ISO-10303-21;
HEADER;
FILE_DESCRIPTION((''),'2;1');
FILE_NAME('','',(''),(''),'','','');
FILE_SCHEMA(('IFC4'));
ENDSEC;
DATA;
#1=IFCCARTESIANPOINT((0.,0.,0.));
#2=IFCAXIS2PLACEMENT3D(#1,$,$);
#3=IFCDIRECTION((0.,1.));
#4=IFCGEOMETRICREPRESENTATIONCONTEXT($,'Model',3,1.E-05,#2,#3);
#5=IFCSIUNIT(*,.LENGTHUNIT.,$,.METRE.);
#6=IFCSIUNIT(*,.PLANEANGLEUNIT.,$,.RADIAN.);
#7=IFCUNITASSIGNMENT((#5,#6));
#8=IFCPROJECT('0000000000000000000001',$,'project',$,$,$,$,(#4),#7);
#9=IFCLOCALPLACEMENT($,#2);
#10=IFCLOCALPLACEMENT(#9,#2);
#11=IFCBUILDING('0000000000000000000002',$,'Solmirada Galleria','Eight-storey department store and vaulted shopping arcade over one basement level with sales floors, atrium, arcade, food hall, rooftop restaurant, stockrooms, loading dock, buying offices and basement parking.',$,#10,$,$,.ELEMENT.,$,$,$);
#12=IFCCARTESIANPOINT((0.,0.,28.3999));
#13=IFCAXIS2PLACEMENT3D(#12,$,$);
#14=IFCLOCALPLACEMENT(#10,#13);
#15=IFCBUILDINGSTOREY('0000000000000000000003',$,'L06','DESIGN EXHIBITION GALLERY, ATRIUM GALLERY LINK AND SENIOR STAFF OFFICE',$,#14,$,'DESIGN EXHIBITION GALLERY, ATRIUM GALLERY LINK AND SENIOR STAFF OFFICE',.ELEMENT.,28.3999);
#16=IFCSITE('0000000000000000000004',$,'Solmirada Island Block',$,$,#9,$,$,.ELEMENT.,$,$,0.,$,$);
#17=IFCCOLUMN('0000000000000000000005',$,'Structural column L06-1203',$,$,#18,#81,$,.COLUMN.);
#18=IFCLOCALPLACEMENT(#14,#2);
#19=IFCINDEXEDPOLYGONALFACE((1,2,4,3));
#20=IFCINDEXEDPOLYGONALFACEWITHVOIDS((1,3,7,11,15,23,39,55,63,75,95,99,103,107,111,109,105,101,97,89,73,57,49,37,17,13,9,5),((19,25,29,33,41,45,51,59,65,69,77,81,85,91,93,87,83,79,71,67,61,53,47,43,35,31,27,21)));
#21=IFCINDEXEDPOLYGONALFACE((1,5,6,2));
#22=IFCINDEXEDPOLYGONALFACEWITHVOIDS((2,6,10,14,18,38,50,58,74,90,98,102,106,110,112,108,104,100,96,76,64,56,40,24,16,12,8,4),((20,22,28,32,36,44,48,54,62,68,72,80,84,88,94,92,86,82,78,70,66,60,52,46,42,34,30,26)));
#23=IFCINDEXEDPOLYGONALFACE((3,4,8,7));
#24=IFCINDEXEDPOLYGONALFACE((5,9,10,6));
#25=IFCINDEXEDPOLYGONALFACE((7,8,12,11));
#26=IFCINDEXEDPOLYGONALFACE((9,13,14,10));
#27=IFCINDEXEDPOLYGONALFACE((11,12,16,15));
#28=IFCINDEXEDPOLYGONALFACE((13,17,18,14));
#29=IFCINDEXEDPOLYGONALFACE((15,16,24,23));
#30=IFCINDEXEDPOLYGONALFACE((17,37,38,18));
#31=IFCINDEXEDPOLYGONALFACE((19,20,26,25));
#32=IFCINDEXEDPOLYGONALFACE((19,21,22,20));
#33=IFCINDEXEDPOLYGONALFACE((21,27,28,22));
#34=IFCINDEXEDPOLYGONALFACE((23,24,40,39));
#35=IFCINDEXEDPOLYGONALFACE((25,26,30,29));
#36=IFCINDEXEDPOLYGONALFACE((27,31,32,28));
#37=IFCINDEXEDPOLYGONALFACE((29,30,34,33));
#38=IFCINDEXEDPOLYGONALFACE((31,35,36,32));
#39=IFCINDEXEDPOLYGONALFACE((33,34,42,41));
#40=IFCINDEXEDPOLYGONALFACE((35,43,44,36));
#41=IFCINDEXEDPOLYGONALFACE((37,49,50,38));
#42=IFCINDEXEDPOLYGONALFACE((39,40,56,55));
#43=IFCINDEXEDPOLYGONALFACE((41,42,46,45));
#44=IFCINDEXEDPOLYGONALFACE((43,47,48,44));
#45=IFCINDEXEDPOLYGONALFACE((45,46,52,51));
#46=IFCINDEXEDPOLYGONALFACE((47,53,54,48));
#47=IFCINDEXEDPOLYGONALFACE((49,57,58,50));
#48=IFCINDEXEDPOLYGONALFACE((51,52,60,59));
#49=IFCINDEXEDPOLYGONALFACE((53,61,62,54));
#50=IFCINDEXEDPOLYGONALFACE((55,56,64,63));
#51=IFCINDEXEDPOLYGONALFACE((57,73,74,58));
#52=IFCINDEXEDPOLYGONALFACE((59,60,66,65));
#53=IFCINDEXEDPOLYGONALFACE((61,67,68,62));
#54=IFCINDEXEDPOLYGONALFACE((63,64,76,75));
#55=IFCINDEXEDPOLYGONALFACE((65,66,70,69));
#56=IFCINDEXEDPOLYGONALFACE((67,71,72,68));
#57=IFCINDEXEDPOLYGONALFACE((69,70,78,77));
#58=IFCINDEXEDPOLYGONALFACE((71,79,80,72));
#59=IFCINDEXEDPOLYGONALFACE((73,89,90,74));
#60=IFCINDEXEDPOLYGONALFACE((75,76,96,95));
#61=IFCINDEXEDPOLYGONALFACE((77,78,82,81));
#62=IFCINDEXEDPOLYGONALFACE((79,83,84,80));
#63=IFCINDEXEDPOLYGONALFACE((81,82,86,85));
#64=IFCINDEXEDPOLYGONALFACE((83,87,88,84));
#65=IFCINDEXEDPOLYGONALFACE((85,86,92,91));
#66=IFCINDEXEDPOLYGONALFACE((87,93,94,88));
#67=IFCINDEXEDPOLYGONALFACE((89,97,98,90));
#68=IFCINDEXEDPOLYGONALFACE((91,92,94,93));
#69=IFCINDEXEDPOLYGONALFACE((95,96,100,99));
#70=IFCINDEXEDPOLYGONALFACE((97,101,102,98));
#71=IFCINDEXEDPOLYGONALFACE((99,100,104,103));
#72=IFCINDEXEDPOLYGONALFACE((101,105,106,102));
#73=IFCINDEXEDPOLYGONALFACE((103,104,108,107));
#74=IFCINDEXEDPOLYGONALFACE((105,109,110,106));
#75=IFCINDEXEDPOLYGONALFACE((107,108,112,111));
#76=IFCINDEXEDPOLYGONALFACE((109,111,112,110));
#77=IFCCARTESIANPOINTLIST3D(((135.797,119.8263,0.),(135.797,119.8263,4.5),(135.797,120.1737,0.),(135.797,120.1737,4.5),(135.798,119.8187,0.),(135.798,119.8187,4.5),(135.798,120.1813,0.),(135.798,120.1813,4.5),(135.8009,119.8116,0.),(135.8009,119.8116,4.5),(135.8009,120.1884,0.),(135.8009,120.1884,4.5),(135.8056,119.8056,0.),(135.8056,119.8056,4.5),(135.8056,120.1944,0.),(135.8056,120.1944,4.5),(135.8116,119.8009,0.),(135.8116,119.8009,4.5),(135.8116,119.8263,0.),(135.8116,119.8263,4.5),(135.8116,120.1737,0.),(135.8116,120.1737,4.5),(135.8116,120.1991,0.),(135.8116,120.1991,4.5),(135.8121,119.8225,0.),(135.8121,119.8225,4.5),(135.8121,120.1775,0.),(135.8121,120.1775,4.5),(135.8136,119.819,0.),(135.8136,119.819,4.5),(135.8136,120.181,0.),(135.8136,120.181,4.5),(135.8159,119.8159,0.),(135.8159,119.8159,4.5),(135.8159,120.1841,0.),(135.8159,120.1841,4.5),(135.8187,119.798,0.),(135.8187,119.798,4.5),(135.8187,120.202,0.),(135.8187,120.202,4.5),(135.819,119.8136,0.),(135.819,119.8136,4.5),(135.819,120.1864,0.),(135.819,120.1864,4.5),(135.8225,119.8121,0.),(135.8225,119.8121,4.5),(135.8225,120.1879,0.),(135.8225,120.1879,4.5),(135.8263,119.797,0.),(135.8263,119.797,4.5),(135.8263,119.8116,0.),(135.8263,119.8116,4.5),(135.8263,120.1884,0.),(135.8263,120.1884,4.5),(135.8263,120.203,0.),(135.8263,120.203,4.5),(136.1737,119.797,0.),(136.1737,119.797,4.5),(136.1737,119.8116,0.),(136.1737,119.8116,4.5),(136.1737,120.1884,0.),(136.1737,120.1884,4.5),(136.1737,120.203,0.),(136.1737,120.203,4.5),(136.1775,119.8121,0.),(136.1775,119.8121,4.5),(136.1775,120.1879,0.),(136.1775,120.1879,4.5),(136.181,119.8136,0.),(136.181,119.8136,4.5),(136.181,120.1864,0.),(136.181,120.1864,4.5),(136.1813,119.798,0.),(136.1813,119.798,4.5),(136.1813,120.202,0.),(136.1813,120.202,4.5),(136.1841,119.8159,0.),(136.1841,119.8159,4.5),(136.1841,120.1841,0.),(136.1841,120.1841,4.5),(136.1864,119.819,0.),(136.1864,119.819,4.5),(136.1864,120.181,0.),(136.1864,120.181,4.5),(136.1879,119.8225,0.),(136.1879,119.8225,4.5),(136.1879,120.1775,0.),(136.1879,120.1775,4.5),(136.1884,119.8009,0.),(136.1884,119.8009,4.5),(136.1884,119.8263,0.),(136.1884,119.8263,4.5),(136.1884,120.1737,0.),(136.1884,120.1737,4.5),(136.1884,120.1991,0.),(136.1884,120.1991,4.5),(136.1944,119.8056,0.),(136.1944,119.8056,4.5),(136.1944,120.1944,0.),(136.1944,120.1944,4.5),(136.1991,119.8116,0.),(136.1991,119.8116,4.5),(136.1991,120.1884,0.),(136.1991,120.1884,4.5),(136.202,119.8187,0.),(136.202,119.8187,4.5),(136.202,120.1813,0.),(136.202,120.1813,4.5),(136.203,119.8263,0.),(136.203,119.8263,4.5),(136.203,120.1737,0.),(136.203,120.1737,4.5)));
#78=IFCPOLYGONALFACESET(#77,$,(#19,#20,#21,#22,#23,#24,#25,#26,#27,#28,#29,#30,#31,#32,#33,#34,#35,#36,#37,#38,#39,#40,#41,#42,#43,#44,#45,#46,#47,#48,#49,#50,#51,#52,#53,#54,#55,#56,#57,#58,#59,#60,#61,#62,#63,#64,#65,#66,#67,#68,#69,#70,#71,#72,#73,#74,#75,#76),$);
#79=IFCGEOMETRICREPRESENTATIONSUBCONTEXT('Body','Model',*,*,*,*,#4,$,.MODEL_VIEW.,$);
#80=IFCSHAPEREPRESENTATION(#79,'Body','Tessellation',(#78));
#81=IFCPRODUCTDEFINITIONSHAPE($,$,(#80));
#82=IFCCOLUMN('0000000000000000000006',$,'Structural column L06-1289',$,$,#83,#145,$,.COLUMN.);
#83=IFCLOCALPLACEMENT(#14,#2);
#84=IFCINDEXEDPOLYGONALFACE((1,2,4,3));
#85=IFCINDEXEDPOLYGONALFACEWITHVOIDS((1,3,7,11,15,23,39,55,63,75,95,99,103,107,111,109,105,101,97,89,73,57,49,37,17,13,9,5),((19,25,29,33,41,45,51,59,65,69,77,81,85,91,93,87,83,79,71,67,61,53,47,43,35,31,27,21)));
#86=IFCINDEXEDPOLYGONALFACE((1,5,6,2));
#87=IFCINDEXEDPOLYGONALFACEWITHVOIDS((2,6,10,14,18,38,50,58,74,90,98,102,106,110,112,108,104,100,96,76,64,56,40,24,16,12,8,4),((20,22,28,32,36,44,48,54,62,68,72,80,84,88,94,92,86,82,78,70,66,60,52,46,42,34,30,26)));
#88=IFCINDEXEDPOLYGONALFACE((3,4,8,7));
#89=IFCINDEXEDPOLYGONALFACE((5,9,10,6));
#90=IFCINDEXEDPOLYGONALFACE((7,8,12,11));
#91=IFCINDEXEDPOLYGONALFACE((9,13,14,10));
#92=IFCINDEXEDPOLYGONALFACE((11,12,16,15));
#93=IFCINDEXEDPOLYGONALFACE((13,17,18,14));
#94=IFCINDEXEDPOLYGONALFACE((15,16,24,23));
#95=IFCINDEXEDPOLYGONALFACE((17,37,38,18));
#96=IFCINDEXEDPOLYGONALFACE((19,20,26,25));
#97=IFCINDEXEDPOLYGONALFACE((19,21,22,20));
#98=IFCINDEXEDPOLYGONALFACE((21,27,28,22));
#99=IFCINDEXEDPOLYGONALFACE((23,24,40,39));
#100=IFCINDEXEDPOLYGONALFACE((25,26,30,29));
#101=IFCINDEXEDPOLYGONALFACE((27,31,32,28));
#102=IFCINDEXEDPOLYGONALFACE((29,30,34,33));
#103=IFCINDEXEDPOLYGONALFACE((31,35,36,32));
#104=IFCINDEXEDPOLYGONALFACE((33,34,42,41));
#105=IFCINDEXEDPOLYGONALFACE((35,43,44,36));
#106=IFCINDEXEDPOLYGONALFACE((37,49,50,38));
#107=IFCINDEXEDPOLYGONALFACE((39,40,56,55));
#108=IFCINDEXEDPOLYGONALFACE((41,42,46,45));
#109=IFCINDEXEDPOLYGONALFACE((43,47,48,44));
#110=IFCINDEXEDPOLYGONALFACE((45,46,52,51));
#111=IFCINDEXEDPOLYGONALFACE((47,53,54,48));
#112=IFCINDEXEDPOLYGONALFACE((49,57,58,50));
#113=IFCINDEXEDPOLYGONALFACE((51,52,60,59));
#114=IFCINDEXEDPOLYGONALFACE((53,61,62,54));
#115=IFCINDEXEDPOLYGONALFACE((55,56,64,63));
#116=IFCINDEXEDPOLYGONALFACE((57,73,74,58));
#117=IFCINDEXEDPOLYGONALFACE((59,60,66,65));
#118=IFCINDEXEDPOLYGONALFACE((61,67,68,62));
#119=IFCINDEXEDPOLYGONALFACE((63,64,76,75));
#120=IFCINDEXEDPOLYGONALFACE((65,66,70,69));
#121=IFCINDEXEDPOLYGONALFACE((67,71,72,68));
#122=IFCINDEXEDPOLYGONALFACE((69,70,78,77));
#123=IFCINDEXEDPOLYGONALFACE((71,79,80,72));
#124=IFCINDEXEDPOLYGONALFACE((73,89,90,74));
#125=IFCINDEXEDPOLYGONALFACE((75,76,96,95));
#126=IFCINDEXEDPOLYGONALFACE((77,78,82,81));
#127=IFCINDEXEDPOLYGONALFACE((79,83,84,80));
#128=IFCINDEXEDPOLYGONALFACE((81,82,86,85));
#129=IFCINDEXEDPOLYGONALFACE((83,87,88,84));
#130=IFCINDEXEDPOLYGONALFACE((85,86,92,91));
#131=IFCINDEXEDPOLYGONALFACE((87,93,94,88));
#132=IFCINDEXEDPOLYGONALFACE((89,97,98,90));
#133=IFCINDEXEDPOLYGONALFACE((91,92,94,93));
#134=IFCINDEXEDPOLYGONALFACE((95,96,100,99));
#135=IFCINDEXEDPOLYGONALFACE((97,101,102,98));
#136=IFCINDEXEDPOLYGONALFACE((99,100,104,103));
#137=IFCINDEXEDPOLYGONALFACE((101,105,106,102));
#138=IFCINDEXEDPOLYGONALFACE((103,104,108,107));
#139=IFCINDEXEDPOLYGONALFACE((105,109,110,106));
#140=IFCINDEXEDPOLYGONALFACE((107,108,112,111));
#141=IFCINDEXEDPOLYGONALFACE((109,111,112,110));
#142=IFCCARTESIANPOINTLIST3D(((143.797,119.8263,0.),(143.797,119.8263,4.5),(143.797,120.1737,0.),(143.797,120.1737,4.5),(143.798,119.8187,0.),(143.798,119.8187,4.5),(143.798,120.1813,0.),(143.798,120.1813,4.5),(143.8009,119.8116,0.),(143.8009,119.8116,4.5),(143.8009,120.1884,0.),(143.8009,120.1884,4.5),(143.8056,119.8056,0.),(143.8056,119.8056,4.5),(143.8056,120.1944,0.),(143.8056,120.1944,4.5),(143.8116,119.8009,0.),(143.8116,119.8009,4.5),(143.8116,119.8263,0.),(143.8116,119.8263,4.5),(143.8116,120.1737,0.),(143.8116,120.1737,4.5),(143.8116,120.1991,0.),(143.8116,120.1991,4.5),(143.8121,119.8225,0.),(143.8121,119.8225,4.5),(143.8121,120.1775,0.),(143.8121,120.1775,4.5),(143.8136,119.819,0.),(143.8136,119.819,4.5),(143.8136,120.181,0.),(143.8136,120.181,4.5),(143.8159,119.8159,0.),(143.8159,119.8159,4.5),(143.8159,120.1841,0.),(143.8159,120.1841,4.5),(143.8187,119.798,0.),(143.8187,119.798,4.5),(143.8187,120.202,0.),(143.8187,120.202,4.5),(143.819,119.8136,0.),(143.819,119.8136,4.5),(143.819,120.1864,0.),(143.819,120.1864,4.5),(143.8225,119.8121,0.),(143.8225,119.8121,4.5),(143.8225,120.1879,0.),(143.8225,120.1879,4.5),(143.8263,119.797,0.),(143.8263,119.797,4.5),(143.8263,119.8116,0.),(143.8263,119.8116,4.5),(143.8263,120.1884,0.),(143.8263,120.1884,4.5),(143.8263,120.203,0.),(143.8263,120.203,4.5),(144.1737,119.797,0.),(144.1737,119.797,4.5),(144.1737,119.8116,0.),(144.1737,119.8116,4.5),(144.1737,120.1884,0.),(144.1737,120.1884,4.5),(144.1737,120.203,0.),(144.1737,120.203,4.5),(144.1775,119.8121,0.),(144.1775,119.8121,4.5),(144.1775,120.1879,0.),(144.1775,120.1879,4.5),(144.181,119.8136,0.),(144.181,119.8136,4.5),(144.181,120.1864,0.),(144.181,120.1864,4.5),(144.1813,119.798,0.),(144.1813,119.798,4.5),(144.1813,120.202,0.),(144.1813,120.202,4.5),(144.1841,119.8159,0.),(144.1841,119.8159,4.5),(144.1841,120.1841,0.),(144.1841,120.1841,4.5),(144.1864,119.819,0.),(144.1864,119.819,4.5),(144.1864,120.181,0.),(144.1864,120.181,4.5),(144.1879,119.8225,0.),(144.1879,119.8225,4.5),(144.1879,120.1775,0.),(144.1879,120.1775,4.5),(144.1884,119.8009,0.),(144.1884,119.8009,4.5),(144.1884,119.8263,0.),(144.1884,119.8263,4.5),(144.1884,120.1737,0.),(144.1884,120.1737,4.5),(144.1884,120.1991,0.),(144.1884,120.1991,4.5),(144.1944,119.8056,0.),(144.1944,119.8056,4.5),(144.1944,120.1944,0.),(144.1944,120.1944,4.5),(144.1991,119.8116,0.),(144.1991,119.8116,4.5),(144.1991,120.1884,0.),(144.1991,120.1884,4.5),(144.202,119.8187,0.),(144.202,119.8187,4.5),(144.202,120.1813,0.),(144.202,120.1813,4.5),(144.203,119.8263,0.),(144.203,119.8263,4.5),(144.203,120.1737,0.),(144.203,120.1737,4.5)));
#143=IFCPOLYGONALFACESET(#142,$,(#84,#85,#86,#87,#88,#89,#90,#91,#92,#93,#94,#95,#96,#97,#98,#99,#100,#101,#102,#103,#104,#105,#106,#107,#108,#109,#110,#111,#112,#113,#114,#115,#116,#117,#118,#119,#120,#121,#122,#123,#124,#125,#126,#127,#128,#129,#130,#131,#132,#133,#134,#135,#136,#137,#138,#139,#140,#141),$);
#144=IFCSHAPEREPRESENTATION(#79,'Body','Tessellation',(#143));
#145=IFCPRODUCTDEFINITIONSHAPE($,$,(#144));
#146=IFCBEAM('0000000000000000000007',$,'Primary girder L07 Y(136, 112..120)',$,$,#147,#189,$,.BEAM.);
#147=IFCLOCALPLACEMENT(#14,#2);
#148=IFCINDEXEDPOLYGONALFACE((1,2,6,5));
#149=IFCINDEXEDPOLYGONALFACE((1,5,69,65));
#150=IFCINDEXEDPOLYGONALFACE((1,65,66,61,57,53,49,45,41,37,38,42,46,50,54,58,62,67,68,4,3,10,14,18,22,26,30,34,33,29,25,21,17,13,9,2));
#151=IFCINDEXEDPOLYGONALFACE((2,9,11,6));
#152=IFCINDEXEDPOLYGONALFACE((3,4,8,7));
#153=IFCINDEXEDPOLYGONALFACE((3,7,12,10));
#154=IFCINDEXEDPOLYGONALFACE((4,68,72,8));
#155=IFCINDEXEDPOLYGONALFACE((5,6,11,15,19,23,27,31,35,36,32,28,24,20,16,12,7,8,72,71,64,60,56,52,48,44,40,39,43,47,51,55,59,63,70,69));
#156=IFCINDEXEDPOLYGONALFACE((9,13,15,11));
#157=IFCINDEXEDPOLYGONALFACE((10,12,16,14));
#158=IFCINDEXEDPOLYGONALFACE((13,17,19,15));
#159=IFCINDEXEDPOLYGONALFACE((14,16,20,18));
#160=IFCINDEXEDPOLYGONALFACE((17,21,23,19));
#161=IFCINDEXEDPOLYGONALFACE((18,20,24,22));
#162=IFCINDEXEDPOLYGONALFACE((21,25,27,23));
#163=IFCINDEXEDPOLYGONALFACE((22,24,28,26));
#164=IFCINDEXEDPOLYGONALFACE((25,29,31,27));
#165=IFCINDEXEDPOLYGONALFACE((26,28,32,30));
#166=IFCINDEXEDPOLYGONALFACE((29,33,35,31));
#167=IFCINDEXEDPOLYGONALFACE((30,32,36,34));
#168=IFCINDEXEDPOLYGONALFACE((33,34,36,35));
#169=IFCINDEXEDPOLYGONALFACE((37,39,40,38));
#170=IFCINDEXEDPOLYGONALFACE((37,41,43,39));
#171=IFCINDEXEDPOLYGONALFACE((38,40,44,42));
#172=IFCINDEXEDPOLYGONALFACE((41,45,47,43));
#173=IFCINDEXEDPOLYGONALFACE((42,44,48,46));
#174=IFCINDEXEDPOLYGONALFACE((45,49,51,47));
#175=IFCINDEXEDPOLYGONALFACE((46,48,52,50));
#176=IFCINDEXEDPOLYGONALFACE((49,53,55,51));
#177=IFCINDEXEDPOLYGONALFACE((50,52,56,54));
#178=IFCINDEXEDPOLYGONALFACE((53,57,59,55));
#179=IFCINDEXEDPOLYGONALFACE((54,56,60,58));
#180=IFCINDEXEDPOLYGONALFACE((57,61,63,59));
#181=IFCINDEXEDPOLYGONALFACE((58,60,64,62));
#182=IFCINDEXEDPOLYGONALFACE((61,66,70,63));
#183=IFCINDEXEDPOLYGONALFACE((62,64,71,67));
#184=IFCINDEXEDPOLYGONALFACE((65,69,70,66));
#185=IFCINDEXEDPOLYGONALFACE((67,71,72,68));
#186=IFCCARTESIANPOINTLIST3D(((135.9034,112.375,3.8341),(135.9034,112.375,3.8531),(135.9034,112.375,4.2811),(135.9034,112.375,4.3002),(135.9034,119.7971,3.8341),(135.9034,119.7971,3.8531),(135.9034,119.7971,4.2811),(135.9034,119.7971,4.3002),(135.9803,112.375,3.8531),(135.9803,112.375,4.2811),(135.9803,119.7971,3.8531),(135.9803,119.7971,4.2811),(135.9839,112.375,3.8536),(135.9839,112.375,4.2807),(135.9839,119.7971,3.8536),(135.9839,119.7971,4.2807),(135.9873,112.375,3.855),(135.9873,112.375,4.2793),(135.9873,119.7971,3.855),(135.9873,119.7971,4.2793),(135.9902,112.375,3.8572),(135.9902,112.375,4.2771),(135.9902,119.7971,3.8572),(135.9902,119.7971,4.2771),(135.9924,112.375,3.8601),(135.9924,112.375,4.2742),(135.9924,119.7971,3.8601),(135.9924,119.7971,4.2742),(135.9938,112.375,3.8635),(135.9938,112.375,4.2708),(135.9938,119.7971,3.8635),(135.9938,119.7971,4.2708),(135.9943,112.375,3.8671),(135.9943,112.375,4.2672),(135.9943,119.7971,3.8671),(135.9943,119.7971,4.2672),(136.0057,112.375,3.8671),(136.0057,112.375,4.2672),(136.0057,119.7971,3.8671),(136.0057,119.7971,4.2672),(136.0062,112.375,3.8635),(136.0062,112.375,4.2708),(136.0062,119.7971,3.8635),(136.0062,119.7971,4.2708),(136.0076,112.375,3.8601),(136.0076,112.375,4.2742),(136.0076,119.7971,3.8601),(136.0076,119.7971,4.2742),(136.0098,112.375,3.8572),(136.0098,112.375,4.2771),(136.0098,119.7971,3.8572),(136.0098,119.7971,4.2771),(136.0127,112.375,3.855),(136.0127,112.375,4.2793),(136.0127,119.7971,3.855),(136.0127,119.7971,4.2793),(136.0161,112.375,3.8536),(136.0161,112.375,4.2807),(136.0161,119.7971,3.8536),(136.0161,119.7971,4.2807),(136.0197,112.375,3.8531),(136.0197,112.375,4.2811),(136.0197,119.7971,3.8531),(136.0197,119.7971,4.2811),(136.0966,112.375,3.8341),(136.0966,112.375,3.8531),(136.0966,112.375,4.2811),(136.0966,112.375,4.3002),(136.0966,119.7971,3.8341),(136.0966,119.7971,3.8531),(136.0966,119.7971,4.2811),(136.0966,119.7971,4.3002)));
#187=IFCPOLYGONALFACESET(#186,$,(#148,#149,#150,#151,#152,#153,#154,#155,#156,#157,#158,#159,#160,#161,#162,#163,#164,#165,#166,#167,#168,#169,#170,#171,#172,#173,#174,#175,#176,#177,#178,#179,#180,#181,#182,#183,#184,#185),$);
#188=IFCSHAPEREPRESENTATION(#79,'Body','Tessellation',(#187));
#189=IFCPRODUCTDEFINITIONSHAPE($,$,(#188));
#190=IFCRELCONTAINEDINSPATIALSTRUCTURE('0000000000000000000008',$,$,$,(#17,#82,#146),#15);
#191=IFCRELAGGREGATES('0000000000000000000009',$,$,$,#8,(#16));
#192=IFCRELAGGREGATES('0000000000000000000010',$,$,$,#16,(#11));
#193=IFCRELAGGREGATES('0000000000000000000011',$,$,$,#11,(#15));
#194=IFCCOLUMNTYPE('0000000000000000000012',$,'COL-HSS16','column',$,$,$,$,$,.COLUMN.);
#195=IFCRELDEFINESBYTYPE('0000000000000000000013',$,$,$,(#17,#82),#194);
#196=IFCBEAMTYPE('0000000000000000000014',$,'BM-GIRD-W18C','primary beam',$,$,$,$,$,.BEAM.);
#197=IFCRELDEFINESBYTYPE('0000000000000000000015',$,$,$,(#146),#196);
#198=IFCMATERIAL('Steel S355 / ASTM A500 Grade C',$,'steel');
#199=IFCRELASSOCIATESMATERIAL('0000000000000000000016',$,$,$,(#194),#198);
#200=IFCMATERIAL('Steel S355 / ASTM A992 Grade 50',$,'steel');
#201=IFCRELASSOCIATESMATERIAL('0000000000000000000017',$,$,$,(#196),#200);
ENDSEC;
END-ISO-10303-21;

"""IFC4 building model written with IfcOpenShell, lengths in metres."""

from ifc_helpers import new_model, si_unit, direction, frame, origin, origin_2d, place, context, subcontext, project, spatial, hollow_rectangle, i_section, extrude, material, material_profile, profile_set, type_object, element, save


model = new_model("IFC4")

# Units and contexts
model_context = context("Model", 3, precision=1e-05, world=origin(), true_north=direction((0.0, 1.0)))
body_context = subcontext(model_context, "Body", "Model", "MODEL_VIEW")
ifc_project = project(units=[si_unit("LENGTHUNIT", "METRE"), si_unit("PLANEANGLEUNIT", "RADIAN")], contexts=[model_context])

# Site, building, storey
site_placement = place(None, origin())
site = spatial("IfcSite", under=ifc_project, at=site_placement, Name="Solmirada Island Block", CompositionType="ELEMENT", RefElevation=0.0)
building_placement = place(site_placement, origin())
building = spatial("IfcBuilding", under=site, at=building_placement, Name="Solmirada Galleria", Description="Eight-storey department store and vaulted shopping arcade over one basement level with sales floors, atrium, arcade, food hall, rooftop restaurant, stockrooms, loading dock, buying offices and basement parking.", CompositionType="ELEMENT")
storey_placement = place(building_placement, frame((0.0, 0.0, 28.3999)))
storey = spatial("IfcBuildingStorey", under=building, at=storey_placement, Name="L06", Description="DESIGN EXHIBITION GALLERY, ATRIUM GALLERY LINK AND SENIOR STAFF OFFICE", LongName="DESIGN EXHIBITION GALLERY, ATRIUM GALLERY LINK AND SENIOR STAFF OFFICE", CompositionType="ELEMENT", Elevation=28.3999)

# Columns
ifc_material_1 = material(Name="Steel S355 / ASTM A500 Grade C", Category="steel")
ifc_material_profile_1 = material_profile(ifc_material_1, hollow_rectangle(XDim=0.406, YDim=0.406, WallThickness=0.0146, InnerFilletRadius=0.0146, OuterFilletRadius=0.0293, at=origin_2d()), Name="HSS16X16X5/8")
ifc_profile_set_1 = profile_set([ifc_material_profile_1], Name="Steel S355 / ASTM A500 Grade C")
column_type = type_object("IfcColumnType", Name="COL-HSS16", Description="column", PredefinedType="COLUMN", material=ifc_profile_set_1)
for number, where, z_axis, x_axis, name in (
    (1, (136.0, 120.0, 0.0), (0.0, 0.0, 1.0), (1.0, 0.0, 0.0), "Structural column L06-1203"),
    (2, (144.0, 120.0, 0.0), (0.0, 0.0, 1.0), (1.0, 0.0, 0.0), "Structural column L06-1289"),
):
    element("IfcColumn", number, at=place(storey_placement, frame(where, z_axis=z_axis, x_axis=x_axis)), inside=storey, type_object=column_type, Name=name, PredefinedType="COLUMN", context=body_context, shape_type="SweptSolid", body=[
        extrude(hollow_rectangle(XDim=0.406, YDim=0.406, WallThickness=0.0146, InnerFilletRadius=0.0146, OuterFilletRadius=0.0293, at=origin_2d()), origin(), (0.0, 0.0, 1.0), 4.5),
    ])

# Beam
ifc_material_2 = material(Name="Steel S355 / ASTM A992 Grade 50", Category="steel")
ifc_material_profile_2 = material_profile(ifc_material_2, i_section(OverallWidth=0.1931, OverallDepth=0.4661, WebThickness=0.0115, FlangeThickness=0.019, FilletRadius=0.0139, at=origin_2d()), Name="W18X65")
ifc_profile_set_2 = profile_set([ifc_material_profile_2], Name="Steel S355 / ASTM A992 Grade 50")
beam_type_1 = type_object("IfcBeamType", Name="BM-GIRD-W18C", Description="primary beam", PredefinedType="BEAM", material=ifc_profile_set_2)
for number, where, z_axis, x_axis, name in (
    (3, (136.0, 112.375, 4.0671), (0.0, 1.0, 0.0), (-1.0, 0.0, 0.0), "Primary girder L07 Y(136, 112..120)"),
):
    element("IfcBeam", number, at=place(storey_placement, frame(where, z_axis=z_axis, x_axis=x_axis)), inside=storey, type_object=beam_type_1, Name=name, PredefinedType="BEAM", context=body_context, shape_type="SweptSolid", body=[
        extrude(i_section(OverallWidth=0.1931, OverallDepth=0.4661, WebThickness=0.0115, FlangeThickness=0.019, FilletRadius=0.0139, at=origin_2d()), origin(), (0.0, 0.0, 1.0), 7.4221),
    ])

save(model, "model.ifc")
